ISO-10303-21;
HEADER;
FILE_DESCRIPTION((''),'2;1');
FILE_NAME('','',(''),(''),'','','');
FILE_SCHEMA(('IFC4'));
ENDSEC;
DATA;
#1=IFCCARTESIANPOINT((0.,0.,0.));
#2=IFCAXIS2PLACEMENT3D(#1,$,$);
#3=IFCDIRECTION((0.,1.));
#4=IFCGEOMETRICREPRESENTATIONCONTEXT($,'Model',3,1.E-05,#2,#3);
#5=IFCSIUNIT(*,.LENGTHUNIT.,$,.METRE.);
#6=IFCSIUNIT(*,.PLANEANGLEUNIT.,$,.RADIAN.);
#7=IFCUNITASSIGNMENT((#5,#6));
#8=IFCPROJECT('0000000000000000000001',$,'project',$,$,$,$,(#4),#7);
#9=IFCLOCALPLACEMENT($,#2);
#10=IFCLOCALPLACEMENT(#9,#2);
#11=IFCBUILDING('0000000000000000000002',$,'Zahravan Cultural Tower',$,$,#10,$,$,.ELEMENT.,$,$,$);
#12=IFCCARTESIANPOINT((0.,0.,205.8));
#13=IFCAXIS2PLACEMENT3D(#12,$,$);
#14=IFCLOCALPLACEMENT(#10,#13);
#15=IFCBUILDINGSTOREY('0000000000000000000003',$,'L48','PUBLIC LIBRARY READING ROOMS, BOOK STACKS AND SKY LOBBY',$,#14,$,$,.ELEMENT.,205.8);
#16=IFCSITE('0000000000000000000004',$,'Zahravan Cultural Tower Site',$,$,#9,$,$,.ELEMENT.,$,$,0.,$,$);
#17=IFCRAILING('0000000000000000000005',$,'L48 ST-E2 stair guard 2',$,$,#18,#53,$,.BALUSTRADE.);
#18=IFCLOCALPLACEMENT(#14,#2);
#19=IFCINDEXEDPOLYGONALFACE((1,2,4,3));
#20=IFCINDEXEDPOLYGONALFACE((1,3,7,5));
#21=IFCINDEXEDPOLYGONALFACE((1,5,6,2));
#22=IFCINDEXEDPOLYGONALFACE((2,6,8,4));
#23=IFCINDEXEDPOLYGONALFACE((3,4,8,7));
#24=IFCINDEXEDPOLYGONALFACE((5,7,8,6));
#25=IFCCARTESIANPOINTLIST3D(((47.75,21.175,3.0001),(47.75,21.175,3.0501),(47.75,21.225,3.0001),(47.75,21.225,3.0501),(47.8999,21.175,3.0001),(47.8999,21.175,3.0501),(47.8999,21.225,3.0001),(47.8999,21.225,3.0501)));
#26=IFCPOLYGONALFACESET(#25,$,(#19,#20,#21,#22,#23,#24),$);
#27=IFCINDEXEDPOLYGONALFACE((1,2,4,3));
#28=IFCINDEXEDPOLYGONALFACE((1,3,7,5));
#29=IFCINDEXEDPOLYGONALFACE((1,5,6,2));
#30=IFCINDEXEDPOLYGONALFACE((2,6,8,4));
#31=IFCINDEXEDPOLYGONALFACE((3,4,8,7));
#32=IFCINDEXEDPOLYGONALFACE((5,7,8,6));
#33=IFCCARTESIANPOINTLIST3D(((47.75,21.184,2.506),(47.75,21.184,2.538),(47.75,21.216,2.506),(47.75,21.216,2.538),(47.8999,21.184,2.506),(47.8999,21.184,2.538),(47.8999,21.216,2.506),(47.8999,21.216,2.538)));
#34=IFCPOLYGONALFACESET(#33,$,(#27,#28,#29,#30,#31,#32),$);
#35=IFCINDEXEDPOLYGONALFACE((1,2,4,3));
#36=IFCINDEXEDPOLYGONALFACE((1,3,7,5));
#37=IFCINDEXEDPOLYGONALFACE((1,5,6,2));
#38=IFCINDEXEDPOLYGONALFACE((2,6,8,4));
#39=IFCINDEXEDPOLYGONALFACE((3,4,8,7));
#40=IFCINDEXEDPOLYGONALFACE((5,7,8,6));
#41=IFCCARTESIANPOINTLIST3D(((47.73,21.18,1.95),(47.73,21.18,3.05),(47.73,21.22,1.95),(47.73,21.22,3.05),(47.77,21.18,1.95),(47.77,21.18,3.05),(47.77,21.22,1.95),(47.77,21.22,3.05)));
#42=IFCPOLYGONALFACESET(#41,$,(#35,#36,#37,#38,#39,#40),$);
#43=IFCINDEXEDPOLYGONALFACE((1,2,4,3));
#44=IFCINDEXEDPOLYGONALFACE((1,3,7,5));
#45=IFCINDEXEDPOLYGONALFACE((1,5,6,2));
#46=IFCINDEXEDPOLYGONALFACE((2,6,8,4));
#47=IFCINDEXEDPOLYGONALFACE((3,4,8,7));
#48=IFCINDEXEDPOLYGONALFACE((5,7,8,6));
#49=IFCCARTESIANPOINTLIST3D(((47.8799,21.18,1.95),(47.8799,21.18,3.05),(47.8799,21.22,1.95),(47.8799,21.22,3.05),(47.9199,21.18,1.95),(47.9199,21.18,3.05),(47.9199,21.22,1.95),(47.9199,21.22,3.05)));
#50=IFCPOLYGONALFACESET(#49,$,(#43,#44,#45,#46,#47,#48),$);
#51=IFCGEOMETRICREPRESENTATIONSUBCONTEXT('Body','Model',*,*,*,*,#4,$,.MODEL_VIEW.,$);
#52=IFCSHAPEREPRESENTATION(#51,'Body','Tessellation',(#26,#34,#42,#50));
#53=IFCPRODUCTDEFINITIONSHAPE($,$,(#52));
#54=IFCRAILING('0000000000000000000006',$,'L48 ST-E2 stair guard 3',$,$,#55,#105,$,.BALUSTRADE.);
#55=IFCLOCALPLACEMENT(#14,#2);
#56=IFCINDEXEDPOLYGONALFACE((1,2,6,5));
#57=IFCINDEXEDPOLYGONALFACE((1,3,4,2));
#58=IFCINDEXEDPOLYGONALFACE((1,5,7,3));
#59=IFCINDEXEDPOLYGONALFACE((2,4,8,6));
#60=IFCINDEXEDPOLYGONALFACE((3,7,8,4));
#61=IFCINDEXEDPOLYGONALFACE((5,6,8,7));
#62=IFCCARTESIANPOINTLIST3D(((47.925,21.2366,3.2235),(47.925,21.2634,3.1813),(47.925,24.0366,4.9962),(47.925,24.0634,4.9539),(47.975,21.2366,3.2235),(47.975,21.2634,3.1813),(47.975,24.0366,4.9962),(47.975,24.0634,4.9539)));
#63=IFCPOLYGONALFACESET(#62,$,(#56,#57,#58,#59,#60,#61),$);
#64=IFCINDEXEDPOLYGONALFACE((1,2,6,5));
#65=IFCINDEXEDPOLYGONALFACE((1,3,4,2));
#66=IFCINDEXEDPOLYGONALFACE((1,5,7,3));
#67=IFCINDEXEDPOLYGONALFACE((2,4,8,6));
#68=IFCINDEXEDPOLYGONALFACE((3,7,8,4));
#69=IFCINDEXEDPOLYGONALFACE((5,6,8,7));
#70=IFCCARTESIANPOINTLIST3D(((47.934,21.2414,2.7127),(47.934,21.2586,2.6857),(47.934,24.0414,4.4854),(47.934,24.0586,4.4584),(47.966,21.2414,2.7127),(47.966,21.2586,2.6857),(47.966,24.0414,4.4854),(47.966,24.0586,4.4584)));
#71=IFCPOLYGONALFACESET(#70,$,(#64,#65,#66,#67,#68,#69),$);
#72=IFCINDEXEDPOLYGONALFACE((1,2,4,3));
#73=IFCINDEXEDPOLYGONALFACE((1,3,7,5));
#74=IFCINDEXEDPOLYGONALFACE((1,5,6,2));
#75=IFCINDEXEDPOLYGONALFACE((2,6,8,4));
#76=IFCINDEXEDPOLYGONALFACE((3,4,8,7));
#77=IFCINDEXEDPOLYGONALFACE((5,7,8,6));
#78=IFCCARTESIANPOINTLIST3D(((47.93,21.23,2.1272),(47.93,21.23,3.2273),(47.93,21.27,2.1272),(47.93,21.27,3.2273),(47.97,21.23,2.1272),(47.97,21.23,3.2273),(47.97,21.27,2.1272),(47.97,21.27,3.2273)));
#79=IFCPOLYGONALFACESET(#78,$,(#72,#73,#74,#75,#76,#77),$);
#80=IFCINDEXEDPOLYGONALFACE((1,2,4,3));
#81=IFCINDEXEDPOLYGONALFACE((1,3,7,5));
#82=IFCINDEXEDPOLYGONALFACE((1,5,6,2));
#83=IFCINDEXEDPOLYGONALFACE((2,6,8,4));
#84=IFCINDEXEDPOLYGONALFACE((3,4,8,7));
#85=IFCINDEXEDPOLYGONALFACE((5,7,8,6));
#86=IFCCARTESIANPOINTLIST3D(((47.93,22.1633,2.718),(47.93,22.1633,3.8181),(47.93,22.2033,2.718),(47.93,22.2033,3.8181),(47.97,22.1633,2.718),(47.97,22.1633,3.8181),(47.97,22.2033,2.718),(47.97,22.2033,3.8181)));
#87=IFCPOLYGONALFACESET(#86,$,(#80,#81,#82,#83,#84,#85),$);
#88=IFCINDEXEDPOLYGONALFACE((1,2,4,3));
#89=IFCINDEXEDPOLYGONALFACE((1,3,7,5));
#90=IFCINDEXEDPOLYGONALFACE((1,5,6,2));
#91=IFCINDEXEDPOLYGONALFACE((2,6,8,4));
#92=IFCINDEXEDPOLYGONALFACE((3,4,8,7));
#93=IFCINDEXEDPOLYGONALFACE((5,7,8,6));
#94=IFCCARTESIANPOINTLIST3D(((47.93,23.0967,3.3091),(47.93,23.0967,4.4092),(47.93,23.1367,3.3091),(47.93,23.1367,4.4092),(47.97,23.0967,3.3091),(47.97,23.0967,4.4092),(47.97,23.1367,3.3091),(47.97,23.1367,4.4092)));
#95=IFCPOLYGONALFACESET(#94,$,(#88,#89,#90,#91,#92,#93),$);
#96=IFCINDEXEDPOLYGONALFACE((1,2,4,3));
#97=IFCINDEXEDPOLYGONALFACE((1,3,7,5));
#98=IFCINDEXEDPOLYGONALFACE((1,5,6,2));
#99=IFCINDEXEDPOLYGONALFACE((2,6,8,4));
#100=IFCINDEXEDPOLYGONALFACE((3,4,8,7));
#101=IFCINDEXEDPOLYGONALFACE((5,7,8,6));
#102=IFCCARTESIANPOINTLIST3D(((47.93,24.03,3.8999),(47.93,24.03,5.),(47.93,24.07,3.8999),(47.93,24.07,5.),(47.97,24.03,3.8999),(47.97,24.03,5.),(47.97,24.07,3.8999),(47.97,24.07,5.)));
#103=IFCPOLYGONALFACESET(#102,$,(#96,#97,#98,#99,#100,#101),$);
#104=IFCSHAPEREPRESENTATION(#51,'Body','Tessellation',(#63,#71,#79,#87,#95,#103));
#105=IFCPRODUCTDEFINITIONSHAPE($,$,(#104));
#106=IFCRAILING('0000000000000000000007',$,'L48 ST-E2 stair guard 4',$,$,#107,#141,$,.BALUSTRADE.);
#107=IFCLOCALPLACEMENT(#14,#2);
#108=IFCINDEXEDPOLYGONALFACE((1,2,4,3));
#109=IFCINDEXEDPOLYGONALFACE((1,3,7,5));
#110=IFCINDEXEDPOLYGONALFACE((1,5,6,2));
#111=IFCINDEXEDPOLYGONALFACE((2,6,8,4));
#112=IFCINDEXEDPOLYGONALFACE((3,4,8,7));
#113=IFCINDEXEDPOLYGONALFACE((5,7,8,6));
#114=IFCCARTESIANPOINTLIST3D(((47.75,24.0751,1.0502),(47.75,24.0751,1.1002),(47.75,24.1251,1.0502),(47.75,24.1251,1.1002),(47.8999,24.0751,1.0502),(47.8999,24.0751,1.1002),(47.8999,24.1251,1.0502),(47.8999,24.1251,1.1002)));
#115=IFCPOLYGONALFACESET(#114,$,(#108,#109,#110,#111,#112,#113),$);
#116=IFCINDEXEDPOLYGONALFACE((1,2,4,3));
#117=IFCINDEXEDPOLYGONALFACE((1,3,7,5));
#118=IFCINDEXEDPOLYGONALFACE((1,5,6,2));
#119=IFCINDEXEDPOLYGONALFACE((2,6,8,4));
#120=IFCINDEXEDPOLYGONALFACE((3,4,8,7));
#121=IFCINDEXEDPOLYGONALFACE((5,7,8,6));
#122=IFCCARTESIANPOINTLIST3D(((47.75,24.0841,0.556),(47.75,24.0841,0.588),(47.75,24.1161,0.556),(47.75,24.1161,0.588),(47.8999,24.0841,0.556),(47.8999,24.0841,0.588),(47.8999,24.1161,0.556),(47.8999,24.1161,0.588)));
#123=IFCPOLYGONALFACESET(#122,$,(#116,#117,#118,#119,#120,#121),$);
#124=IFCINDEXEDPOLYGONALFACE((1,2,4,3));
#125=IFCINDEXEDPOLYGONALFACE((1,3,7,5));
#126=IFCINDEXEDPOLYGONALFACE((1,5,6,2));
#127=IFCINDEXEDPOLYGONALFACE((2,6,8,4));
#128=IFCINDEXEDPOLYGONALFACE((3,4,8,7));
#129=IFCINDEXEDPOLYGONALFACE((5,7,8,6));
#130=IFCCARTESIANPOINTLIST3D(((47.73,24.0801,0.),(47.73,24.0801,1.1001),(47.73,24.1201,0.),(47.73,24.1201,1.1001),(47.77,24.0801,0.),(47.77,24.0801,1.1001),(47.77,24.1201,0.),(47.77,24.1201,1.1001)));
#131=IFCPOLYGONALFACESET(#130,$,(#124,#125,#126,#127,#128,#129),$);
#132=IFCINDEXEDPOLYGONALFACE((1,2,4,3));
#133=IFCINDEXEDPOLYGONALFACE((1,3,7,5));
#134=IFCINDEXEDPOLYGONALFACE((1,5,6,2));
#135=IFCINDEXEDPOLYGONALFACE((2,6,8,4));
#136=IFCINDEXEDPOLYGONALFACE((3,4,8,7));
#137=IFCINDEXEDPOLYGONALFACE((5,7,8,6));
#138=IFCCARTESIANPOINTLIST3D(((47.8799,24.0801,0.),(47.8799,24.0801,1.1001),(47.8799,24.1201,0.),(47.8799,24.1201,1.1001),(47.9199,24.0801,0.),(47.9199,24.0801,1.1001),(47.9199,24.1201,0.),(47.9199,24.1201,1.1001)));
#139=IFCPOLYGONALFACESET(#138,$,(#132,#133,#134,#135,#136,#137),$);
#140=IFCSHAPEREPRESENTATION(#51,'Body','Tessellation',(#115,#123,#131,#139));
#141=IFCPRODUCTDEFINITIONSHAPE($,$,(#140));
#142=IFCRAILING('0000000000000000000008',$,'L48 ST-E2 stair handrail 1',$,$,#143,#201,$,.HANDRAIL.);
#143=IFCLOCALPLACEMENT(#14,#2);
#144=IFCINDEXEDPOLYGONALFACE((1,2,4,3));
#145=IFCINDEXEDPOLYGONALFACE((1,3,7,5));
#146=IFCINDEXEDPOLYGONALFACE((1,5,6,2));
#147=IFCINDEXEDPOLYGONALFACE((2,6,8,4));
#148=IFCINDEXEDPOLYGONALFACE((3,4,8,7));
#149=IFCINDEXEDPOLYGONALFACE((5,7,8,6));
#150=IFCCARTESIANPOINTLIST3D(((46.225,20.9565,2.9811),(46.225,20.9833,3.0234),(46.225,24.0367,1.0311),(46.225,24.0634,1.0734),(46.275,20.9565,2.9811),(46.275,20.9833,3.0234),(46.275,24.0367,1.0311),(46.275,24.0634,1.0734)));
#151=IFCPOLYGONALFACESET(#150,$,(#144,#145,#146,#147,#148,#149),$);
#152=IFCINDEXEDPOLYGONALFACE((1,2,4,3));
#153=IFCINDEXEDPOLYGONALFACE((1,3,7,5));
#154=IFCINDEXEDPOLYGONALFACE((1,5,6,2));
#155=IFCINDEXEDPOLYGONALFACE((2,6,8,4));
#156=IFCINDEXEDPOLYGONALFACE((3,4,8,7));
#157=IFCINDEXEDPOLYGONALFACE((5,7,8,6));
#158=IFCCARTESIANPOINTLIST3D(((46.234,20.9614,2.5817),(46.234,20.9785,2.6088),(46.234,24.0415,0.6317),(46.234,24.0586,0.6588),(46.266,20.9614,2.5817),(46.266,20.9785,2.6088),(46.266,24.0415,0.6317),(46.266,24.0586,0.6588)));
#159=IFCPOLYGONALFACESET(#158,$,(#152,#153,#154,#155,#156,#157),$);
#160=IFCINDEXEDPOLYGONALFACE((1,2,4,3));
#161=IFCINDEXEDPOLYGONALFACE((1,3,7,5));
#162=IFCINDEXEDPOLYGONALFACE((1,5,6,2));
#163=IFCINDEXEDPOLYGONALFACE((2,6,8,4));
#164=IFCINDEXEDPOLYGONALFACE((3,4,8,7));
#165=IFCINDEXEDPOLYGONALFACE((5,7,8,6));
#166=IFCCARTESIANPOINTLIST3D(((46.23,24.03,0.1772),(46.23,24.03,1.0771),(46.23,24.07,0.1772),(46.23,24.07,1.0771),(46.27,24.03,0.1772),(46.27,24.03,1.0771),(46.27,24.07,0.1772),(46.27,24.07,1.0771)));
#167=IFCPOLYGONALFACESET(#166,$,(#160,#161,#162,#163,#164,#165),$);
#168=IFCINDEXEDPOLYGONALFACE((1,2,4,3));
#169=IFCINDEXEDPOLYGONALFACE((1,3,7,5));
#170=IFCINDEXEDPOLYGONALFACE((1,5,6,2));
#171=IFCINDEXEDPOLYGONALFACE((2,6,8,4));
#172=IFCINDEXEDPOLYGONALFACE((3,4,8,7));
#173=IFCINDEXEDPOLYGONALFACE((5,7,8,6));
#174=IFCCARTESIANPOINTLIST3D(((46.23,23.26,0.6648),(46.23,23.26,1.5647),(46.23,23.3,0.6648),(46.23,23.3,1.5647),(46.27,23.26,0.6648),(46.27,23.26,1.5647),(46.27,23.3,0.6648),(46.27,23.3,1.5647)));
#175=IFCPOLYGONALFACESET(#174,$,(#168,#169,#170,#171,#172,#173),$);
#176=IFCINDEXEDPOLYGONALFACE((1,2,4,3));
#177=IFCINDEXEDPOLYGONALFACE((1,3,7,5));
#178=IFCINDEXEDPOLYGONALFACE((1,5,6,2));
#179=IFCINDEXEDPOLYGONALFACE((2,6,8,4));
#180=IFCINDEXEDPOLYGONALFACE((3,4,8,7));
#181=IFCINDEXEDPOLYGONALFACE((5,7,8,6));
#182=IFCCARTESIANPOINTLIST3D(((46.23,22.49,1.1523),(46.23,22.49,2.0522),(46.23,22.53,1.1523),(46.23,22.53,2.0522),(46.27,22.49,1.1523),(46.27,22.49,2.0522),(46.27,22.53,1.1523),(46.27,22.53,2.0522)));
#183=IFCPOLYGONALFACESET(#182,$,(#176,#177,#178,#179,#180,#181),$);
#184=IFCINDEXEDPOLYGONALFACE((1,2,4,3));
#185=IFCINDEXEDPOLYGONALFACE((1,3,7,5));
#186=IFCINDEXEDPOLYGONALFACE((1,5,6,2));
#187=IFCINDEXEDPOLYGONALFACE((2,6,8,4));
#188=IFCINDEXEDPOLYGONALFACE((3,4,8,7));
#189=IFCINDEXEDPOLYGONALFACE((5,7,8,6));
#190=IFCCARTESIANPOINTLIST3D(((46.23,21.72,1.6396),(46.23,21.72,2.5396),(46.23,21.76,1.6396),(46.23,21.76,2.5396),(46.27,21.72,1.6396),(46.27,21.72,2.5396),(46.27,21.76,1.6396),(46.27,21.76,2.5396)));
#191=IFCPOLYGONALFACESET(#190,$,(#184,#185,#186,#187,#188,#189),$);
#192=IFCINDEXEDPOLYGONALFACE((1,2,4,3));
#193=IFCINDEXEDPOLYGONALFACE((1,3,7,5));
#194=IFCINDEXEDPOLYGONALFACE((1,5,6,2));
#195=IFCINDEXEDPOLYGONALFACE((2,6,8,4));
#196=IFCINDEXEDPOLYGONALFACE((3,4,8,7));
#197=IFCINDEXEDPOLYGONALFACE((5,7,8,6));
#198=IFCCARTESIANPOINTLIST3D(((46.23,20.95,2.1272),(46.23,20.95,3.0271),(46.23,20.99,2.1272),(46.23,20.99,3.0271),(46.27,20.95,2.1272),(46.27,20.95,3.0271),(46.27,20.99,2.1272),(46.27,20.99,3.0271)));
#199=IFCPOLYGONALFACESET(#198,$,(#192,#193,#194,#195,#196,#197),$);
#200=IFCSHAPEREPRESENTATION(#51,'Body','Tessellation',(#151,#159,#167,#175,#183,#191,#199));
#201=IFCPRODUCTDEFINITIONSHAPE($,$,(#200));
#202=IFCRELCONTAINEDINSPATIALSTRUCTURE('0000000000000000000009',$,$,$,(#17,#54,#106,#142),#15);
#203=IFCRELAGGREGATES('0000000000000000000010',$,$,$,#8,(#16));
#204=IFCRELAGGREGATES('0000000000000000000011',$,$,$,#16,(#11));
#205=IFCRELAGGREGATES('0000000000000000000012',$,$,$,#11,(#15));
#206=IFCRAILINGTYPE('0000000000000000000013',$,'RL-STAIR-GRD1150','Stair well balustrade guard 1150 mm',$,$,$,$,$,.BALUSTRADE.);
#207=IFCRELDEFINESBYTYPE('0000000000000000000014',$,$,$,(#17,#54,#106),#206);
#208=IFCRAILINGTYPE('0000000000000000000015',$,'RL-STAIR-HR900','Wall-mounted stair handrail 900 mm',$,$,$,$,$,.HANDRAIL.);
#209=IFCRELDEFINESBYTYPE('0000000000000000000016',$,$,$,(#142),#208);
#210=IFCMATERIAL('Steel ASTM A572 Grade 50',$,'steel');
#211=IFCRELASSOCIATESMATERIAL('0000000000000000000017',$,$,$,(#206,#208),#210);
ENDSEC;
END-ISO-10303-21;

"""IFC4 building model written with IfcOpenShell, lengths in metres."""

from ifc_helpers import new_model, si_unit, direction, frame, origin, origin_2d, place, context, subcontext, project, spatial, rectangle, extrude, material, type_object, element, save


model = new_model("IFC4")

# Units and contexts
model_context = context("Model", 3, precision=1e-05, world=origin(), true_north=direction((0.0, 1.0)))
body_context = subcontext(model_context, "Body", "Model", "MODEL_VIEW")
ifc_project = project(units=[si_unit("LENGTHUNIT", "METRE"), si_unit("PLANEANGLEUNIT", "RADIAN")], contexts=[model_context])

# Site, building, storey
site_placement = place(None, origin())
site = spatial("IfcSite", under=ifc_project, at=site_placement, Name="Zahravan Cultural Tower Site", CompositionType="ELEMENT", RefElevation=0.0)
building_placement = place(site_placement, origin())
building = spatial("IfcBuilding", under=site, at=building_placement, Name="Zahravan Cultural Tower", CompositionType="ELEMENT")
storey_placement = place(building_placement, frame((0.0, 0.0, 205.8)))
storey = spatial("IfcBuildingStorey", under=building, at=storey_placement, Name="L48", Description="PUBLIC LIBRARY READING ROOMS, BOOK STACKS AND SKY LOBBY", CompositionType="ELEMENT", Elevation=205.8)

# Railings
ifc_material_1 = material(Name="Steel ASTM A572 Grade 50", Category="steel")
railing_type_1 = type_object("IfcRailingType", Name="RL-STAIR-GRD1150", Description="Stair well balustrade guard 1150 mm", PredefinedType="BALUSTRADE", material=ifc_material_1)
railing_1_placement = place(storey_placement, frame((47.75, 21.2, 1.95)))
element("IfcRailing", 1, at=railing_1_placement, inside=storey, type_object=railing_type_1, Name="L48 ST-E2 stair guard 2", PredefinedType="BALUSTRADE", context=body_context, shape_type="SweptSolid", body=[
    extrude(rectangle(XDim=0.05, YDim=0.05, at=origin_2d()), frame((0.0, 0.0, 1.0752), z_axis=(1.0, 0.0, 0.0), x_axis=(0.0, 1.0, 0.0)), (0.0, 0.0, 1.0), 0.1499),
    extrude(rectangle(XDim=0.032, YDim=0.032, at=origin_2d()), frame((0.0, 0.0, 0.572), z_axis=(1.0, 0.0, 0.0), x_axis=(0.0, 1.0, 0.0)), (0.0, 0.0, 1.0), 0.1499),
    extrude(rectangle(XDim=0.04, YDim=0.04, at=origin_2d()), origin(), (0.0, 0.0, 1.0), 1.1001),
    extrude(rectangle(XDim=0.04, YDim=0.04, at=origin_2d()), frame((0.1499, 0.0, 0.0)), (0.0, 0.0, 1.0), 1.1001),
])
railing_2_placement = place(storey_placement, frame((47.95, 21.25, 2.1272)))
element("IfcRailing", 2, at=railing_2_placement, inside=storey, type_object=railing_type_1, Name="L48 ST-E2 stair guard 3", PredefinedType="BALUSTRADE", context=body_context, shape_type="SweptSolid", body=[
    extrude(rectangle(XDim=0.05, YDim=0.05, at=origin_2d()), frame((0.0, 0.0, 1.0752), z_axis=(0.0, 0.844909, 0.53491), x_axis=(-1.0, 0.0, 0.0)), (0.0, 0.0, 1.0), 3.314),
    extrude(rectangle(XDim=0.032, YDim=0.032, at=origin_2d()), frame((0.0, 0.0, 0.572), z_axis=(0.0, 0.844909, 0.53491), x_axis=(-1.0, 0.0, 0.0)), (0.0, 0.0, 1.0), 3.314),
    extrude(rectangle(XDim=0.04, YDim=0.04, at=origin_2d()), origin(), (0.0, 0.0, 1.0), 1.1001),
    extrude(rectangle(XDim=0.04, YDim=0.04, at=origin_2d()), frame((0.0, 0.9333, 0.5908)), (0.0, 0.0, 1.0), 1.1001),
    extrude(rectangle(XDim=0.04, YDim=0.04, at=origin_2d()), frame((0.0, 1.8667, 1.1819)), (0.0, 0.0, 1.0), 1.1001),
    extrude(rectangle(XDim=0.04, YDim=0.04, at=origin_2d()), frame((0.0, 2.8, 1.7727)), (0.0, 0.0, 1.0), 1.1001),
])
railing_3_placement = place(storey_placement, frame((47.75, 24.1001, 0.0)))
element("IfcRailing", 3, at=railing_3_placement, inside=storey, type_object=railing_type_1, Name="L48 ST-E2 stair guard 4", PredefinedType="BALUSTRADE", context=body_context, shape_type="SweptSolid", body=[
    extrude(rectangle(XDim=0.05, YDim=0.05, at=origin_2d()), frame((0.0, 0.0, 1.0752), z_axis=(1.0, 0.0, 0.0), x_axis=(0.0, 1.0, 0.0)), (0.0, 0.0, 1.0), 0.1499),
    extrude(rectangle(XDim=0.032, YDim=0.032, at=origin_2d()), frame((0.0, 0.0, 0.572), z_axis=(1.0, 0.0, 0.0), x_axis=(0.0, 1.0, 0.0)), (0.0, 0.0, 1.0), 0.1499),
    extrude(rectangle(XDim=0.04, YDim=0.04, at=origin_2d()), origin(), (0.0, 0.0, 1.0), 1.1001),
    extrude(rectangle(XDim=0.04, YDim=0.04, at=origin_2d()), frame((0.1499, 0.0, 0.0)), (0.0, 0.0, 1.0), 1.1001),
])
railing_type_2 = type_object("IfcRailingType", Name="RL-STAIR-HR900", Description="Wall-mounted stair handrail 900 mm", PredefinedType="HANDRAIL", material=ifc_material_1)
railing_4_placement = place(storey_placement, frame((46.25, 24.05, 0.1772)))
element("IfcRailing", 4, at=railing_4_placement, inside=storey, type_object=railing_type_2, Name="L48 ST-E2 stair handrail 1", PredefinedType="HANDRAIL", context=body_context, shape_type="SweptSolid", body=[
    extrude(rectangle(XDim=0.05, YDim=0.05, at=origin_2d()), frame((0.0, 0.0, 0.875), z_axis=(0.0, -0.844914, 0.534902), x_axis=(1.0, 0.0, 0.0)), (0.0, 0.0, 1.0), 3.6455),
    extrude(rectangle(XDim=0.032, YDim=0.032, at=origin_2d()), frame((0.0, 0.0, 0.468), z_axis=(0.0, -0.844914, 0.534902), x_axis=(1.0, 0.0, 0.0)), (0.0, 0.0, 1.0), 3.6455),
    extrude(rectangle(XDim=0.04, YDim=0.04, at=origin_2d()), origin(), (0.0, 0.0, 1.0), 0.8999),
    extrude(rectangle(XDim=0.04, YDim=0.04, at=origin_2d()), frame((0.0, -0.77, 0.4875)), (0.0, 0.0, 1.0), 0.8999),
    extrude(rectangle(XDim=0.04, YDim=0.04, at=origin_2d()), frame((0.0, -1.54, 0.9751)), (0.0, 0.0, 1.0), 0.8999),
    extrude(rectangle(XDim=0.04, YDim=0.04, at=origin_2d()), frame((0.0, -2.3101, 1.4624)), (0.0, 0.0, 1.0), 0.8999),
    extrude(rectangle(XDim=0.04, YDim=0.04, at=origin_2d()), frame((0.0, -3.0801, 1.95)), (0.0, 0.0, 1.0), 0.8999),
])

save(model, "model.ifc")
